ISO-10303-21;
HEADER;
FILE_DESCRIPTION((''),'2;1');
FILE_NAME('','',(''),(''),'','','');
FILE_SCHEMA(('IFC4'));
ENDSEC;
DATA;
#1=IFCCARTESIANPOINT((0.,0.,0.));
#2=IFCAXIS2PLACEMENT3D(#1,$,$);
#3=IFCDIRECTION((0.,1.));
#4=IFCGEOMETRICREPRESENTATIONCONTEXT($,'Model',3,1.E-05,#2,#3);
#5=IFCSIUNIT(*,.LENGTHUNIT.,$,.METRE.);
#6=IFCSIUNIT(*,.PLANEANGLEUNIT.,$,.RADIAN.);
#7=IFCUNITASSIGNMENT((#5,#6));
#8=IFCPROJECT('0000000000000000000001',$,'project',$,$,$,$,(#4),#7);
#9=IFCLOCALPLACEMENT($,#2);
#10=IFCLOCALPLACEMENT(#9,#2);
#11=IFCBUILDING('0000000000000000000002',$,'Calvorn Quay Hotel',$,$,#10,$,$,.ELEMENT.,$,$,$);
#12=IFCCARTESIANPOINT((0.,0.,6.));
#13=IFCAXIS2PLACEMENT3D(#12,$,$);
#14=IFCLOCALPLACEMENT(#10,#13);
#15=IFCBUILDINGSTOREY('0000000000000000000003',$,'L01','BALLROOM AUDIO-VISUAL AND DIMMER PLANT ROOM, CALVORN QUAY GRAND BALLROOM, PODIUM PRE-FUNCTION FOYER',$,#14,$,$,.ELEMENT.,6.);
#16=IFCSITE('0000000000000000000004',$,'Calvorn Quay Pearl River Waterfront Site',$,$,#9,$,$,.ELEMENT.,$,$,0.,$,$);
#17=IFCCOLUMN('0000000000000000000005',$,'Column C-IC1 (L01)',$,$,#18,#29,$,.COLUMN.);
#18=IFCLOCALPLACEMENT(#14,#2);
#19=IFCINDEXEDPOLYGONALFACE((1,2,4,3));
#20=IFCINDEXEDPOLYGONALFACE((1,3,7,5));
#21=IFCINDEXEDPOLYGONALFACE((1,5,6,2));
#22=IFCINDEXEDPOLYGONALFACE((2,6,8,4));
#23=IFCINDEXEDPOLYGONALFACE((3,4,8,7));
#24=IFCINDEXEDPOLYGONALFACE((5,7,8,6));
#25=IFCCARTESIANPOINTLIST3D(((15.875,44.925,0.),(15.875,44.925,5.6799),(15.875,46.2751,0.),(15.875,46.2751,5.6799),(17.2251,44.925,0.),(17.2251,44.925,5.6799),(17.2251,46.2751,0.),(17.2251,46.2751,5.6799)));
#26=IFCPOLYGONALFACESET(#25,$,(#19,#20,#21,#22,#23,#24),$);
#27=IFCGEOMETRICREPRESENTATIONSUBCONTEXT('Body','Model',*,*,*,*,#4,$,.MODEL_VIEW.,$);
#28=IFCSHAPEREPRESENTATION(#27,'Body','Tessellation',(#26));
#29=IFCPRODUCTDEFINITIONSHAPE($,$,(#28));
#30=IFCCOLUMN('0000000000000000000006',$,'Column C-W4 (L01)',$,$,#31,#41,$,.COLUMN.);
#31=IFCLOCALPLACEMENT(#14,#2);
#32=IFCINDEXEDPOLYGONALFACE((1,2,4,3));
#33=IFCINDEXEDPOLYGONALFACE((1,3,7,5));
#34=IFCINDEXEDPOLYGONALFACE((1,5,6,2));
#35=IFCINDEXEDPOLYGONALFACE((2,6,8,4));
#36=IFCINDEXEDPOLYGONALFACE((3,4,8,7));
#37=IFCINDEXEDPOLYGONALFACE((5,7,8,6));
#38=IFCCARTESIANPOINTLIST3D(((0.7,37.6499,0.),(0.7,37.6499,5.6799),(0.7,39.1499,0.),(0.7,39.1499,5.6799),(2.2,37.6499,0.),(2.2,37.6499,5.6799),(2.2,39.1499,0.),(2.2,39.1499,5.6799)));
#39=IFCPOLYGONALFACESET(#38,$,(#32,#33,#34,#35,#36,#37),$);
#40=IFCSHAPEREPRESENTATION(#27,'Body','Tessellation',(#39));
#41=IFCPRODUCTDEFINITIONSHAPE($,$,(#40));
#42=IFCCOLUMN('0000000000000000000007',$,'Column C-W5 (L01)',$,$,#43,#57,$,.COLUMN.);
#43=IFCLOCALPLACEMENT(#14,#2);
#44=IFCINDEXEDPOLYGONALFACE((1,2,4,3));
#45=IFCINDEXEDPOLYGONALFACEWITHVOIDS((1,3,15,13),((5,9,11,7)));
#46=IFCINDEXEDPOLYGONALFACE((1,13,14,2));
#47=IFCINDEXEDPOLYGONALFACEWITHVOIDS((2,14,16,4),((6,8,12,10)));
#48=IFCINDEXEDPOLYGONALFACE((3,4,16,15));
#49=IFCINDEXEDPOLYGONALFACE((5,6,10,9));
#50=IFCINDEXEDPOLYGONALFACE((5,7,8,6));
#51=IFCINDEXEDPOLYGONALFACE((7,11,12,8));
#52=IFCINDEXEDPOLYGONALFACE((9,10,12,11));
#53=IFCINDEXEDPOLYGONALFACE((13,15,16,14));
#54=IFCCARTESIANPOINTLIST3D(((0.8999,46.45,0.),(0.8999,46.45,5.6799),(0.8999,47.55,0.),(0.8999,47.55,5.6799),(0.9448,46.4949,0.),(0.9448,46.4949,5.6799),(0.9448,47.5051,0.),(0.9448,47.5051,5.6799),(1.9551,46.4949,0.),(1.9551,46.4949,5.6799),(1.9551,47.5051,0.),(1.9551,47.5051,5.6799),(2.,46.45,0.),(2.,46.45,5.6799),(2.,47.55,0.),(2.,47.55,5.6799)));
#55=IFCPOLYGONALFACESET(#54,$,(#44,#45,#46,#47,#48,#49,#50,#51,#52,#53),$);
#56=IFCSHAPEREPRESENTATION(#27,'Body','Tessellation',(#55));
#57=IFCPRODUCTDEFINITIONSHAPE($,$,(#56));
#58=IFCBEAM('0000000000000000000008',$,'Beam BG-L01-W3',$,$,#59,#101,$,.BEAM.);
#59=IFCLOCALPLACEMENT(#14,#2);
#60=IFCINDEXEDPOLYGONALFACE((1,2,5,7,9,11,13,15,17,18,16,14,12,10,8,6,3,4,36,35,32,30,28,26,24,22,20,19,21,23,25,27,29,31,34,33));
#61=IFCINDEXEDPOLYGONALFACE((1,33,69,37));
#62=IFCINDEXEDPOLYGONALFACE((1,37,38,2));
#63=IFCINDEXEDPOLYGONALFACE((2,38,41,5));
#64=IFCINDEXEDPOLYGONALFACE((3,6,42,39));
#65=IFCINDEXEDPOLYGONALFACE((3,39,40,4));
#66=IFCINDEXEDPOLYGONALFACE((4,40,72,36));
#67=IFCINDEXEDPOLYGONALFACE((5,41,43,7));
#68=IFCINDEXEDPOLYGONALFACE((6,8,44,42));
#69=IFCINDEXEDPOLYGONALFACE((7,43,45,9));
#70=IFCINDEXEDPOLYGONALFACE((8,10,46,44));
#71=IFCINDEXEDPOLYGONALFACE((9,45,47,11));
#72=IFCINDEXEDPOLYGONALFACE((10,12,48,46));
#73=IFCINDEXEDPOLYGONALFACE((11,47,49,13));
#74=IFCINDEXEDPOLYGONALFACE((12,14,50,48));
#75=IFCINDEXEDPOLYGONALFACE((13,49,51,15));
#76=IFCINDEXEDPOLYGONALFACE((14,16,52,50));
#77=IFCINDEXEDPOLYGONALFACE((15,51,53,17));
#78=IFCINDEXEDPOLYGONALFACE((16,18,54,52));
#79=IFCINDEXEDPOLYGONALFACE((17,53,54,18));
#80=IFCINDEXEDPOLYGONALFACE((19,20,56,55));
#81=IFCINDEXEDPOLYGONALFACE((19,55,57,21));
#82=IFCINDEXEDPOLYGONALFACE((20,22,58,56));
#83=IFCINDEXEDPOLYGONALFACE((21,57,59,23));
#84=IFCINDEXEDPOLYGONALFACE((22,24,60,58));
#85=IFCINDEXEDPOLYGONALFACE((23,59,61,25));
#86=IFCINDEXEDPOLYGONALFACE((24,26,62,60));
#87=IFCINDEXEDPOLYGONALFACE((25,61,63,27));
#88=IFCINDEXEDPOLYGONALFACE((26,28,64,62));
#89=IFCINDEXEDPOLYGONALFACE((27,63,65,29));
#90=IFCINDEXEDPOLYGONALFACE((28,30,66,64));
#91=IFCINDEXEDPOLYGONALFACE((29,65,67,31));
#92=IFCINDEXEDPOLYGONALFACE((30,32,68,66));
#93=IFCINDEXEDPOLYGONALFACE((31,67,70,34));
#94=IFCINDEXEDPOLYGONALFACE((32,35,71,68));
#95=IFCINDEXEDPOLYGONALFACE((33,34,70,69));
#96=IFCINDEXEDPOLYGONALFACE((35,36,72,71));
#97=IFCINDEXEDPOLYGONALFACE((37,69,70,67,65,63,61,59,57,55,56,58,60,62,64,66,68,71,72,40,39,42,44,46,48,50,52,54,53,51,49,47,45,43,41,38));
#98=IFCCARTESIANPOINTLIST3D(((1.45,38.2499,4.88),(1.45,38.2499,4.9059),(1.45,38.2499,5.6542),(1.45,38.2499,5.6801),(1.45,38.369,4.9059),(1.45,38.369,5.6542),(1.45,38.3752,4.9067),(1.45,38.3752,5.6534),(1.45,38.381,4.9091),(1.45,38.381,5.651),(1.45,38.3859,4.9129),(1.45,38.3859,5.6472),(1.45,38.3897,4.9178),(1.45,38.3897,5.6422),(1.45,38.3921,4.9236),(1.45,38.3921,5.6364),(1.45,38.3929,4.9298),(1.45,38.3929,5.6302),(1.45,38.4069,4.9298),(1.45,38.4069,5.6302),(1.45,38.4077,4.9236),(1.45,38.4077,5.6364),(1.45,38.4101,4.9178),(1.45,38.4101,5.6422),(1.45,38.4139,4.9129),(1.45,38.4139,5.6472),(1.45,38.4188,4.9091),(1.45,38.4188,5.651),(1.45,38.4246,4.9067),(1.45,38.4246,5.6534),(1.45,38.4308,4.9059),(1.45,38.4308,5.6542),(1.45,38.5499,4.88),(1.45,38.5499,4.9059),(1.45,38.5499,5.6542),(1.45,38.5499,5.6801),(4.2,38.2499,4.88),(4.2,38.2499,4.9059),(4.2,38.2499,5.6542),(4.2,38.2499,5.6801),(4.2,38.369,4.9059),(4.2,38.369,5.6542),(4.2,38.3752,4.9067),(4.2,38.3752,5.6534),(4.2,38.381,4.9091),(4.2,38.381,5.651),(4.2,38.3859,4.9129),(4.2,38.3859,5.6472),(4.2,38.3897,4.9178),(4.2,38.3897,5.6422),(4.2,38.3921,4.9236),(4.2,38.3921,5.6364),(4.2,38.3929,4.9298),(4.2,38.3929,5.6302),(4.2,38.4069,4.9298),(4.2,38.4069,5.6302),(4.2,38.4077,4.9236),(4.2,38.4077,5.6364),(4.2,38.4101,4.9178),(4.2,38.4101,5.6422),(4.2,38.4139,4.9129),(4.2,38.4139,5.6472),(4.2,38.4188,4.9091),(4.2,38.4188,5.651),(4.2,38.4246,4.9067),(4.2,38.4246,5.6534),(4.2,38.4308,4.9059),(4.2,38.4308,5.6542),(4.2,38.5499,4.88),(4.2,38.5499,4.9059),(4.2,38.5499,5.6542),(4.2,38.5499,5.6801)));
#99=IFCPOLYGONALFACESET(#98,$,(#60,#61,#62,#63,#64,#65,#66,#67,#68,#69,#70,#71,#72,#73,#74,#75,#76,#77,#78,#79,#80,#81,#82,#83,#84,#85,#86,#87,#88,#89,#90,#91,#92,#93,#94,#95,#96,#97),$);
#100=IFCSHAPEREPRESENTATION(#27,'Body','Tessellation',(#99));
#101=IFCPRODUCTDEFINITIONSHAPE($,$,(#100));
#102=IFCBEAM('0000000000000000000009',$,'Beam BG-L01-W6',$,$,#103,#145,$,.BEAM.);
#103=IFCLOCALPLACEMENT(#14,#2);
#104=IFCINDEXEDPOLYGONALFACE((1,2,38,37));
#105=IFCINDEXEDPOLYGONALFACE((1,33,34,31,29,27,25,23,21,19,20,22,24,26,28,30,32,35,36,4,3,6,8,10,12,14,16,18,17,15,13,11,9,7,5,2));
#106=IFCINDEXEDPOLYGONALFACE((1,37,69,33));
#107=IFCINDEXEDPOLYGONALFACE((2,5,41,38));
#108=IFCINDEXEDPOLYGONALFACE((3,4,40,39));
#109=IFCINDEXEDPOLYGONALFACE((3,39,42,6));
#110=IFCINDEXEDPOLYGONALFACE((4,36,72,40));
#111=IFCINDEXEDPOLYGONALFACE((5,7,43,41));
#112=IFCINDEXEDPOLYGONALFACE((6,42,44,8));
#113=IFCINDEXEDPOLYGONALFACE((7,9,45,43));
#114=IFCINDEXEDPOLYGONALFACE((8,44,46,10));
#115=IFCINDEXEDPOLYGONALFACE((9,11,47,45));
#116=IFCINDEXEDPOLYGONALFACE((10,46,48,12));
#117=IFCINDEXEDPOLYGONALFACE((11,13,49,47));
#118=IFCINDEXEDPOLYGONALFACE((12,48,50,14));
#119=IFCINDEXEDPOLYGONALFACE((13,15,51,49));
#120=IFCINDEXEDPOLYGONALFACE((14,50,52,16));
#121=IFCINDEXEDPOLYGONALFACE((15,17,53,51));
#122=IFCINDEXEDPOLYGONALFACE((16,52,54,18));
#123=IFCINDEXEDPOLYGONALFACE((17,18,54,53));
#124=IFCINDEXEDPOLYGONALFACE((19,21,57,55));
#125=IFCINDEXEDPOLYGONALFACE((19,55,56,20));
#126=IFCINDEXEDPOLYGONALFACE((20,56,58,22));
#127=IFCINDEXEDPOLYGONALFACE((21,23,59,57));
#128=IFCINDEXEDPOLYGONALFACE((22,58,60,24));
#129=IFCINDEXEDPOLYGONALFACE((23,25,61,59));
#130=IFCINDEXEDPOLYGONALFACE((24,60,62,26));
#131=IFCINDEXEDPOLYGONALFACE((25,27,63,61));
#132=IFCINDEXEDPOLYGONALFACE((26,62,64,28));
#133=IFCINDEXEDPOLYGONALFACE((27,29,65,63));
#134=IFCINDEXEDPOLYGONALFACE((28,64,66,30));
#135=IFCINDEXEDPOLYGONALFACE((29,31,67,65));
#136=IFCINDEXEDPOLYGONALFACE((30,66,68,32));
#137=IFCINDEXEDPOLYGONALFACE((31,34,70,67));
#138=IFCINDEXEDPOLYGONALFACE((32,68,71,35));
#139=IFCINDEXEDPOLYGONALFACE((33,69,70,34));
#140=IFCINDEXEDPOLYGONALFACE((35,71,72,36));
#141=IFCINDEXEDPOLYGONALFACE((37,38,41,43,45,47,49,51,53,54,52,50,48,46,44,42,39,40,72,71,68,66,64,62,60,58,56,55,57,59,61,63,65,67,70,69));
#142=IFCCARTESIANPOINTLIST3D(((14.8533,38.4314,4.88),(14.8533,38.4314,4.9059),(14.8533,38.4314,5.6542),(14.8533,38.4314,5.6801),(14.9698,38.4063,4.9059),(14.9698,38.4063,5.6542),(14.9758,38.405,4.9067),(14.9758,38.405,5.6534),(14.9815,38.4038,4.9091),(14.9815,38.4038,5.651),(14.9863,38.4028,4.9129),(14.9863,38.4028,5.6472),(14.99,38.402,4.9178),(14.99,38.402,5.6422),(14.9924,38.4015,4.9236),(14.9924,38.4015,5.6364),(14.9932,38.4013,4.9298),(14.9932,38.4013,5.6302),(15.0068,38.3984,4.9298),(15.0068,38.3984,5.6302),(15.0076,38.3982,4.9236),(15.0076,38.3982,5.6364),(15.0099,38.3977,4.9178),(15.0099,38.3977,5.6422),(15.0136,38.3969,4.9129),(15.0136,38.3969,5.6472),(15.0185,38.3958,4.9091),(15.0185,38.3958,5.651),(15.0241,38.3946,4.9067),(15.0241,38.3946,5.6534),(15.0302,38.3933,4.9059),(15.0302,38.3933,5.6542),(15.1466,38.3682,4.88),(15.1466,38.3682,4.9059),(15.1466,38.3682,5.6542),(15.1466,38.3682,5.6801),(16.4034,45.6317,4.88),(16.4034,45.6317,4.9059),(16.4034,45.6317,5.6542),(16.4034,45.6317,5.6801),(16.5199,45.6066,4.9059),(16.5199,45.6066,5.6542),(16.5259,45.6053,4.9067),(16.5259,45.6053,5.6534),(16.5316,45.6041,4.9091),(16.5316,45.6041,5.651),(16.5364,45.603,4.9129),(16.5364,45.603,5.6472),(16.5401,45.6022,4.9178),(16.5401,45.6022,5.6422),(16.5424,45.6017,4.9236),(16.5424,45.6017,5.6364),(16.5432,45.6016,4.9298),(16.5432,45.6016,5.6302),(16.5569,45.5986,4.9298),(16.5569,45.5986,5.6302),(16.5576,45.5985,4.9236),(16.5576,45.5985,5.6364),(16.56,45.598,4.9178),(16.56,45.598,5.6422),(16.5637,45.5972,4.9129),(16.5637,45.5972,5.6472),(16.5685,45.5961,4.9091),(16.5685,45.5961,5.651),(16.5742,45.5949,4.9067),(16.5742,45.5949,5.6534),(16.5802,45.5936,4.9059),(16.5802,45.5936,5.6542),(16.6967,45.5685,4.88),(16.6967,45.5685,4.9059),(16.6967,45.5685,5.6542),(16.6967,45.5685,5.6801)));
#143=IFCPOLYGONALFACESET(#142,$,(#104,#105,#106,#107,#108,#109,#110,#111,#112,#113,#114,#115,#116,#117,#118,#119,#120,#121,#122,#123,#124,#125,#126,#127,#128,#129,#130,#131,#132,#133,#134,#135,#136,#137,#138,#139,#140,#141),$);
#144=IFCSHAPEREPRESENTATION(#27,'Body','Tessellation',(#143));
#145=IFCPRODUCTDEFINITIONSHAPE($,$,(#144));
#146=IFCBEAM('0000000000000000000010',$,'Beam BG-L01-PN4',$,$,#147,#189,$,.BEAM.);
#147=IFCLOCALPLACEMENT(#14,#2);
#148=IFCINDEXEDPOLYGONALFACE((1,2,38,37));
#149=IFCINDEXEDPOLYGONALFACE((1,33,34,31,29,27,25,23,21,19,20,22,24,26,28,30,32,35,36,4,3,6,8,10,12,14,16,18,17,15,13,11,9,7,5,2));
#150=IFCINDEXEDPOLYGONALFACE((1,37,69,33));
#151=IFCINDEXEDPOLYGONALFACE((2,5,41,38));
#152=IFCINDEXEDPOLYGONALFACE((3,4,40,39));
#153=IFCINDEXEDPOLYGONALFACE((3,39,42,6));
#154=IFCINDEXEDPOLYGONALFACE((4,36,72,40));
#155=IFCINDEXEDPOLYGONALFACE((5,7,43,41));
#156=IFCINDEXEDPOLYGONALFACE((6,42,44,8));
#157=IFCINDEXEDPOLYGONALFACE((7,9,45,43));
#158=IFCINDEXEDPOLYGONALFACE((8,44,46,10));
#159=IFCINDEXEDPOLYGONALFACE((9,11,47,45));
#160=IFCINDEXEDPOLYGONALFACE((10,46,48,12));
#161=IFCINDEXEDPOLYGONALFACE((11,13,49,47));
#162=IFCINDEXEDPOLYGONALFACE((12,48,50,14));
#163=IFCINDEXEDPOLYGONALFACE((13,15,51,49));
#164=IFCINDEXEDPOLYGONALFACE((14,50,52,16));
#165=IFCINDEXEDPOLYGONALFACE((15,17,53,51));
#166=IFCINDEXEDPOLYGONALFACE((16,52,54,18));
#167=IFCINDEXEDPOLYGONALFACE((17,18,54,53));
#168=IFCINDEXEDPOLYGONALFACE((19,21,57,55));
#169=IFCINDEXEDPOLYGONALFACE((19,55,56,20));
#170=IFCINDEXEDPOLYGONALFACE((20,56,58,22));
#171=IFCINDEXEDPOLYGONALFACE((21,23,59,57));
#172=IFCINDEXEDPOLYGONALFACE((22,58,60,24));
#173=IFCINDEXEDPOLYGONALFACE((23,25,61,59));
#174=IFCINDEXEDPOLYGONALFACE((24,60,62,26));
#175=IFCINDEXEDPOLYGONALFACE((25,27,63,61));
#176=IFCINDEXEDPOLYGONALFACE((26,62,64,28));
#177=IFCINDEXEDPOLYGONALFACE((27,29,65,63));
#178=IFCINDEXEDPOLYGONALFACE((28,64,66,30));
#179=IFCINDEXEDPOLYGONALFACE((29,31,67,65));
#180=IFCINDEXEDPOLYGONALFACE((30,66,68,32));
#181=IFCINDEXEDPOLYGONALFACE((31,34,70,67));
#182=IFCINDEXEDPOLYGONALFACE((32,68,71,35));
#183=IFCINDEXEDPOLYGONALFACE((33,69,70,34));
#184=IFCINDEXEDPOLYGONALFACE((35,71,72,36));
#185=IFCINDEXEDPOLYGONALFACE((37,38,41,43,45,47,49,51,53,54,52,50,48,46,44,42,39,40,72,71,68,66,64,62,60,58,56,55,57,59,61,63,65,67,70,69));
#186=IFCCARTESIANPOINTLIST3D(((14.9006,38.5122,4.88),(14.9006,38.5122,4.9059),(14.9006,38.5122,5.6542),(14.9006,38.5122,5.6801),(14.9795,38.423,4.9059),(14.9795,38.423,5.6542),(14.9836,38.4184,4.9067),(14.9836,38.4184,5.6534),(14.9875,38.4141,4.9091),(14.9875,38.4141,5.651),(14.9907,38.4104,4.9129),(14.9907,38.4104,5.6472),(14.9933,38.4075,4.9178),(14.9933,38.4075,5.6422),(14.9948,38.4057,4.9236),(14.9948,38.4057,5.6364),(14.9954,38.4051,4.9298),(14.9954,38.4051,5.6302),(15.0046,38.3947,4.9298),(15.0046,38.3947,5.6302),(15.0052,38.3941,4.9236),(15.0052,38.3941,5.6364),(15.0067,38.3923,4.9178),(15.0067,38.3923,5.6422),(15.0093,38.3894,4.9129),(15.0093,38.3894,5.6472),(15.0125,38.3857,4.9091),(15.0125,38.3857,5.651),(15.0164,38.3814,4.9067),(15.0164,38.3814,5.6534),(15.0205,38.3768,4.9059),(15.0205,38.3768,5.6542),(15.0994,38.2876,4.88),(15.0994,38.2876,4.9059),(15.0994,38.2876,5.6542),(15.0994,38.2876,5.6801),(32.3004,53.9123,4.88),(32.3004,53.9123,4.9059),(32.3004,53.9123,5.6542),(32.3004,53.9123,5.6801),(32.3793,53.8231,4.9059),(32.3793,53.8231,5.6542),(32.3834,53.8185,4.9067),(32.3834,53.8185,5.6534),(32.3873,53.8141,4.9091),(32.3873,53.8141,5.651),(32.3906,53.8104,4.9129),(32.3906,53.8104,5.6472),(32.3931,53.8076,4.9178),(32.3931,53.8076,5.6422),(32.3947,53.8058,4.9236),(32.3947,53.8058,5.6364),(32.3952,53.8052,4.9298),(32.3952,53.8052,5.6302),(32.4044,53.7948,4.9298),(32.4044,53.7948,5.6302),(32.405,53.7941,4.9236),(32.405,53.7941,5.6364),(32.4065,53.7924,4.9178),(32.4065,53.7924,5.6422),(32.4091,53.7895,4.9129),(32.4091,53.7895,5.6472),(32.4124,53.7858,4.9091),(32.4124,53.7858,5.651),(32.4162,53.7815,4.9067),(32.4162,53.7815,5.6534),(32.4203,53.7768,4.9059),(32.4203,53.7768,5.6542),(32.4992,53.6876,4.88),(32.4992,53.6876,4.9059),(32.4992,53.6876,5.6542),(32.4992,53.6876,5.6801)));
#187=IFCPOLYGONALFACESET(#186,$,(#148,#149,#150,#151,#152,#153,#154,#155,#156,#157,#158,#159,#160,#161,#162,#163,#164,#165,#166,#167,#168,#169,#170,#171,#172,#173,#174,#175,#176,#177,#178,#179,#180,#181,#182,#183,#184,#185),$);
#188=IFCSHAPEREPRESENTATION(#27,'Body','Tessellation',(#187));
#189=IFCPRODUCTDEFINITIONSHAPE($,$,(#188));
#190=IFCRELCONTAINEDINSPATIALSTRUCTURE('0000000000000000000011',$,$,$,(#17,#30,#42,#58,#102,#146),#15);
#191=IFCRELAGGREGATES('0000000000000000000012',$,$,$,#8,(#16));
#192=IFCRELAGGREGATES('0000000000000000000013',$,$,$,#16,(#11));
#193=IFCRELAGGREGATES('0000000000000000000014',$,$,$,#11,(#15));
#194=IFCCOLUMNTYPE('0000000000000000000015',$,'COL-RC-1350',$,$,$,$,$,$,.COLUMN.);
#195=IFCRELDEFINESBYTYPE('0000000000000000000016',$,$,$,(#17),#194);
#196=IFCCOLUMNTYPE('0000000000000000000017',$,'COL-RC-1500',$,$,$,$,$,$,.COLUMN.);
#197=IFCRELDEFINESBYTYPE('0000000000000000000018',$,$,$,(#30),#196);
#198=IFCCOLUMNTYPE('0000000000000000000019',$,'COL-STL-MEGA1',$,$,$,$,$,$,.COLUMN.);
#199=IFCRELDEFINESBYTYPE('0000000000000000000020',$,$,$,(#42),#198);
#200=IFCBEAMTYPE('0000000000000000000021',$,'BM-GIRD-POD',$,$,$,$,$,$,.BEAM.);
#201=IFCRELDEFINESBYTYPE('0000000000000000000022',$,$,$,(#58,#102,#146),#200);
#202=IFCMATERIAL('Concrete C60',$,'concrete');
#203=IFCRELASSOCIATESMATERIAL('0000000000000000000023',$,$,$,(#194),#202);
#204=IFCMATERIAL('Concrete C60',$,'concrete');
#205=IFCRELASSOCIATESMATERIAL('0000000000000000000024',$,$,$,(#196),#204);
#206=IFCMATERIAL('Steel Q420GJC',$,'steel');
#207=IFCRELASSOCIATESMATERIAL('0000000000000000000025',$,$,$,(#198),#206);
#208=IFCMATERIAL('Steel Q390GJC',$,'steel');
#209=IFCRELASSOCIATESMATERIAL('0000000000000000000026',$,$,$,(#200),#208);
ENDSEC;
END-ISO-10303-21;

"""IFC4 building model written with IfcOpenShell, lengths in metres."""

from ifc_helpers import new_model, si_unit, direction, frame, origin, origin_2d, place, context, subcontext, project, spatial, rectangle, hollow_rectangle, i_section, extrude, material, material_profile, profile_set, type_object, element, save


model = new_model("IFC4")

# Units and contexts
model_context = context("Model", 3, precision=1e-05, world=origin(), true_north=direction((0.0, 1.0)))
body_context = subcontext(model_context, "Body", "Model", "MODEL_VIEW")
ifc_project = project(units=[si_unit("LENGTHUNIT", "METRE"), si_unit("PLANEANGLEUNIT", "RADIAN")], contexts=[model_context])

# Site, building, storey
site_placement = place(None, origin())
site = spatial("IfcSite", under=ifc_project, at=site_placement, Name="Calvorn Quay Pearl River Waterfront Site", CompositionType="ELEMENT", RefElevation=0.0)
building_placement = place(site_placement, origin())
building = spatial("IfcBuilding", under=site, at=building_placement, Name="Calvorn Quay Hotel", CompositionType="ELEMENT")
storey_placement = place(building_placement, frame((0.0, 0.0, 6.0)))
storey = spatial("IfcBuildingStorey", under=building, at=storey_placement, Name="L01", Description="BALLROOM AUDIO-VISUAL AND DIMMER PLANT ROOM, CALVORN QUAY GRAND BALLROOM, PODIUM PRE-FUNCTION FOYER", CompositionType="ELEMENT", Elevation=6.0)

# Columns
ifc_material_1 = material(Name="Concrete C60", Category="concrete")
ifc_material_profile_1 = material_profile(ifc_material_1, rectangle(XDim=1.3501, YDim=1.3501, at=origin_2d()), Name="RC1350x1350")
ifc_profile_set_1 = profile_set([ifc_material_profile_1], Name="Concrete C60")
column_type_1 = type_object("IfcColumnType", Name="COL-RC-1350", PredefinedType="COLUMN", material=ifc_profile_set_1)
column_1_placement = place(storey_placement, frame((16.55, 45.6001, 0.0), z_axis=(0.0, 0.0, 1.0), x_axis=(1.0, 0.0, 0.0)))
element("IfcColumn", 1, at=column_1_placement, inside=storey, type_object=column_type_1, Name="Column C-IC1 (L01)", PredefinedType="COLUMN", context=body_context, shape_type="SweptSolid", body=[
    extrude(rectangle(XDim=1.3501, YDim=1.3501, at=origin_2d()), origin(), (0.0, 0.0, 1.0), 5.6799),
])
ifc_material_2 = material(Name="Concrete C60", Category="concrete")
ifc_material_profile_2 = material_profile(ifc_material_2, rectangle(XDim=1.5, YDim=1.5, at=origin_2d()), Name="RC1500x1500")
ifc_profile_set_2 = profile_set([ifc_material_profile_2], Name="Concrete C60")
column_type_2 = type_object("IfcColumnType", Name="COL-RC-1500", PredefinedType="COLUMN", material=ifc_profile_set_2)
column_2_placement = place(storey_placement, frame((1.45, 38.3999, 0.0), z_axis=(0.0, 0.0, 1.0), x_axis=(1.0, 0.0, 0.0)))
element("IfcColumn", 2, at=column_2_placement, inside=storey, type_object=column_type_2, Name="Column C-W4 (L01)", PredefinedType="COLUMN", context=body_context, shape_type="SweptSolid", body=[
    extrude(rectangle(XDim=1.5, YDim=1.5, at=origin_2d()), origin(), (0.0, 0.0, 1.0), 5.6799),
])
ifc_material_3 = material(Name="Steel Q420GJC", Category="steel")
ifc_material_profile_3 = material_profile(ifc_material_3, hollow_rectangle(XDim=1.1001, YDim=1.1001, WallThickness=0.0449, at=origin_2d()), Name="BOX1100x1100x45")
ifc_profile_set_3 = profile_set([ifc_material_profile_3], Name="Steel Q420GJC")
column_type_3 = type_object("IfcColumnType", Name="COL-STL-MEGA1", PredefinedType="COLUMN", material=ifc_profile_set_3)
column_3_placement = place(storey_placement, frame((1.45, 47.0, 0.0), z_axis=(0.0, 0.0, 1.0), x_axis=(1.0, 0.0, 0.0)))
element("IfcColumn", 3, at=column_3_placement, inside=storey, type_object=column_type_3, Name="Column C-W5 (L01)", PredefinedType="COLUMN", context=body_context, shape_type="SweptSolid", body=[
    extrude(hollow_rectangle(XDim=1.1001, YDim=1.1001, WallThickness=0.0449, at=origin_2d()), origin(), (0.0, 0.0, 1.0), 5.6799),
])

# Beams
ifc_material_4 = material(Name="Steel Q390GJC", Category="steel")
ifc_material_profile_4 = material_profile(ifc_material_4, i_section(OverallWidth=0.3, OverallDepth=0.8, WebThickness=0.0139, FlangeThickness=0.0259, FilletRadius=0.0239, at=origin_2d()), Name="HN800x300x14x26")
ifc_profile_set_4 = profile_set([ifc_material_profile_4], Name="Steel Q390GJC")
beam_type_1 = type_object("IfcBeamType", Name="BM-GIRD-POD", PredefinedType="BEAM", material=ifc_profile_set_4)
beam_1_placement = place(storey_placement, frame((1.45, 38.3999, 5.28), z_axis=(1.0, 0.0, 0.0), x_axis=(0.0, 1.0, 0.0)))
element("IfcBeam", 4, at=beam_1_placement, inside=storey, type_object=beam_type_1, Name="Beam BG-L01-W3", PredefinedType="BEAM", context=body_context, shape_type="SweptSolid", body=[
    extrude(i_section(OverallWidth=0.3, OverallDepth=0.8, WebThickness=0.0139, FlangeThickness=0.0259, FilletRadius=0.0239, at=origin_2d()), origin(), (0.0, 0.0, 1.0), 2.75),
])
beam_2_placement = place(storey_placement, frame((16.55, 45.6001, 5.28), z_axis=(-0.210457, -0.977603, 0.0), x_axis=(0.977603, -0.210457, 0.0)))
element("IfcBeam", 5, at=beam_2_placement, inside=storey, type_object=beam_type_1, Name="Beam BG-L01-W6", PredefinedType="BEAM", context=body_context, shape_type="SweptSolid", body=[
    extrude(i_section(OverallWidth=0.3, OverallDepth=0.8, WebThickness=0.0139, FlangeThickness=0.0259, FilletRadius=0.0239, at=origin_2d()), origin(), (0.0, 0.0, 1.0), 7.3652),
])
beam_3_placement = place(storey_placement, frame((15.0, 38.3999, 5.28), z_axis=(0.748827, 0.662765, 0.0), x_axis=(-0.662765, 0.748827, 0.0)))
element("IfcBeam", 6, at=beam_3_placement, inside=storey, type_object=beam_type_1, Name="Beam BG-L01-PN4", PredefinedType="BEAM", context=body_context, shape_type="SweptSolid", body=[
    extrude(i_section(OverallWidth=0.3, OverallDepth=0.8, WebThickness=0.0139, FlangeThickness=0.0259, FilletRadius=0.0239, at=origin_2d()), origin(), (0.0, 0.0, 1.0), 23.2361),
])

save(model, "model.ifc")
